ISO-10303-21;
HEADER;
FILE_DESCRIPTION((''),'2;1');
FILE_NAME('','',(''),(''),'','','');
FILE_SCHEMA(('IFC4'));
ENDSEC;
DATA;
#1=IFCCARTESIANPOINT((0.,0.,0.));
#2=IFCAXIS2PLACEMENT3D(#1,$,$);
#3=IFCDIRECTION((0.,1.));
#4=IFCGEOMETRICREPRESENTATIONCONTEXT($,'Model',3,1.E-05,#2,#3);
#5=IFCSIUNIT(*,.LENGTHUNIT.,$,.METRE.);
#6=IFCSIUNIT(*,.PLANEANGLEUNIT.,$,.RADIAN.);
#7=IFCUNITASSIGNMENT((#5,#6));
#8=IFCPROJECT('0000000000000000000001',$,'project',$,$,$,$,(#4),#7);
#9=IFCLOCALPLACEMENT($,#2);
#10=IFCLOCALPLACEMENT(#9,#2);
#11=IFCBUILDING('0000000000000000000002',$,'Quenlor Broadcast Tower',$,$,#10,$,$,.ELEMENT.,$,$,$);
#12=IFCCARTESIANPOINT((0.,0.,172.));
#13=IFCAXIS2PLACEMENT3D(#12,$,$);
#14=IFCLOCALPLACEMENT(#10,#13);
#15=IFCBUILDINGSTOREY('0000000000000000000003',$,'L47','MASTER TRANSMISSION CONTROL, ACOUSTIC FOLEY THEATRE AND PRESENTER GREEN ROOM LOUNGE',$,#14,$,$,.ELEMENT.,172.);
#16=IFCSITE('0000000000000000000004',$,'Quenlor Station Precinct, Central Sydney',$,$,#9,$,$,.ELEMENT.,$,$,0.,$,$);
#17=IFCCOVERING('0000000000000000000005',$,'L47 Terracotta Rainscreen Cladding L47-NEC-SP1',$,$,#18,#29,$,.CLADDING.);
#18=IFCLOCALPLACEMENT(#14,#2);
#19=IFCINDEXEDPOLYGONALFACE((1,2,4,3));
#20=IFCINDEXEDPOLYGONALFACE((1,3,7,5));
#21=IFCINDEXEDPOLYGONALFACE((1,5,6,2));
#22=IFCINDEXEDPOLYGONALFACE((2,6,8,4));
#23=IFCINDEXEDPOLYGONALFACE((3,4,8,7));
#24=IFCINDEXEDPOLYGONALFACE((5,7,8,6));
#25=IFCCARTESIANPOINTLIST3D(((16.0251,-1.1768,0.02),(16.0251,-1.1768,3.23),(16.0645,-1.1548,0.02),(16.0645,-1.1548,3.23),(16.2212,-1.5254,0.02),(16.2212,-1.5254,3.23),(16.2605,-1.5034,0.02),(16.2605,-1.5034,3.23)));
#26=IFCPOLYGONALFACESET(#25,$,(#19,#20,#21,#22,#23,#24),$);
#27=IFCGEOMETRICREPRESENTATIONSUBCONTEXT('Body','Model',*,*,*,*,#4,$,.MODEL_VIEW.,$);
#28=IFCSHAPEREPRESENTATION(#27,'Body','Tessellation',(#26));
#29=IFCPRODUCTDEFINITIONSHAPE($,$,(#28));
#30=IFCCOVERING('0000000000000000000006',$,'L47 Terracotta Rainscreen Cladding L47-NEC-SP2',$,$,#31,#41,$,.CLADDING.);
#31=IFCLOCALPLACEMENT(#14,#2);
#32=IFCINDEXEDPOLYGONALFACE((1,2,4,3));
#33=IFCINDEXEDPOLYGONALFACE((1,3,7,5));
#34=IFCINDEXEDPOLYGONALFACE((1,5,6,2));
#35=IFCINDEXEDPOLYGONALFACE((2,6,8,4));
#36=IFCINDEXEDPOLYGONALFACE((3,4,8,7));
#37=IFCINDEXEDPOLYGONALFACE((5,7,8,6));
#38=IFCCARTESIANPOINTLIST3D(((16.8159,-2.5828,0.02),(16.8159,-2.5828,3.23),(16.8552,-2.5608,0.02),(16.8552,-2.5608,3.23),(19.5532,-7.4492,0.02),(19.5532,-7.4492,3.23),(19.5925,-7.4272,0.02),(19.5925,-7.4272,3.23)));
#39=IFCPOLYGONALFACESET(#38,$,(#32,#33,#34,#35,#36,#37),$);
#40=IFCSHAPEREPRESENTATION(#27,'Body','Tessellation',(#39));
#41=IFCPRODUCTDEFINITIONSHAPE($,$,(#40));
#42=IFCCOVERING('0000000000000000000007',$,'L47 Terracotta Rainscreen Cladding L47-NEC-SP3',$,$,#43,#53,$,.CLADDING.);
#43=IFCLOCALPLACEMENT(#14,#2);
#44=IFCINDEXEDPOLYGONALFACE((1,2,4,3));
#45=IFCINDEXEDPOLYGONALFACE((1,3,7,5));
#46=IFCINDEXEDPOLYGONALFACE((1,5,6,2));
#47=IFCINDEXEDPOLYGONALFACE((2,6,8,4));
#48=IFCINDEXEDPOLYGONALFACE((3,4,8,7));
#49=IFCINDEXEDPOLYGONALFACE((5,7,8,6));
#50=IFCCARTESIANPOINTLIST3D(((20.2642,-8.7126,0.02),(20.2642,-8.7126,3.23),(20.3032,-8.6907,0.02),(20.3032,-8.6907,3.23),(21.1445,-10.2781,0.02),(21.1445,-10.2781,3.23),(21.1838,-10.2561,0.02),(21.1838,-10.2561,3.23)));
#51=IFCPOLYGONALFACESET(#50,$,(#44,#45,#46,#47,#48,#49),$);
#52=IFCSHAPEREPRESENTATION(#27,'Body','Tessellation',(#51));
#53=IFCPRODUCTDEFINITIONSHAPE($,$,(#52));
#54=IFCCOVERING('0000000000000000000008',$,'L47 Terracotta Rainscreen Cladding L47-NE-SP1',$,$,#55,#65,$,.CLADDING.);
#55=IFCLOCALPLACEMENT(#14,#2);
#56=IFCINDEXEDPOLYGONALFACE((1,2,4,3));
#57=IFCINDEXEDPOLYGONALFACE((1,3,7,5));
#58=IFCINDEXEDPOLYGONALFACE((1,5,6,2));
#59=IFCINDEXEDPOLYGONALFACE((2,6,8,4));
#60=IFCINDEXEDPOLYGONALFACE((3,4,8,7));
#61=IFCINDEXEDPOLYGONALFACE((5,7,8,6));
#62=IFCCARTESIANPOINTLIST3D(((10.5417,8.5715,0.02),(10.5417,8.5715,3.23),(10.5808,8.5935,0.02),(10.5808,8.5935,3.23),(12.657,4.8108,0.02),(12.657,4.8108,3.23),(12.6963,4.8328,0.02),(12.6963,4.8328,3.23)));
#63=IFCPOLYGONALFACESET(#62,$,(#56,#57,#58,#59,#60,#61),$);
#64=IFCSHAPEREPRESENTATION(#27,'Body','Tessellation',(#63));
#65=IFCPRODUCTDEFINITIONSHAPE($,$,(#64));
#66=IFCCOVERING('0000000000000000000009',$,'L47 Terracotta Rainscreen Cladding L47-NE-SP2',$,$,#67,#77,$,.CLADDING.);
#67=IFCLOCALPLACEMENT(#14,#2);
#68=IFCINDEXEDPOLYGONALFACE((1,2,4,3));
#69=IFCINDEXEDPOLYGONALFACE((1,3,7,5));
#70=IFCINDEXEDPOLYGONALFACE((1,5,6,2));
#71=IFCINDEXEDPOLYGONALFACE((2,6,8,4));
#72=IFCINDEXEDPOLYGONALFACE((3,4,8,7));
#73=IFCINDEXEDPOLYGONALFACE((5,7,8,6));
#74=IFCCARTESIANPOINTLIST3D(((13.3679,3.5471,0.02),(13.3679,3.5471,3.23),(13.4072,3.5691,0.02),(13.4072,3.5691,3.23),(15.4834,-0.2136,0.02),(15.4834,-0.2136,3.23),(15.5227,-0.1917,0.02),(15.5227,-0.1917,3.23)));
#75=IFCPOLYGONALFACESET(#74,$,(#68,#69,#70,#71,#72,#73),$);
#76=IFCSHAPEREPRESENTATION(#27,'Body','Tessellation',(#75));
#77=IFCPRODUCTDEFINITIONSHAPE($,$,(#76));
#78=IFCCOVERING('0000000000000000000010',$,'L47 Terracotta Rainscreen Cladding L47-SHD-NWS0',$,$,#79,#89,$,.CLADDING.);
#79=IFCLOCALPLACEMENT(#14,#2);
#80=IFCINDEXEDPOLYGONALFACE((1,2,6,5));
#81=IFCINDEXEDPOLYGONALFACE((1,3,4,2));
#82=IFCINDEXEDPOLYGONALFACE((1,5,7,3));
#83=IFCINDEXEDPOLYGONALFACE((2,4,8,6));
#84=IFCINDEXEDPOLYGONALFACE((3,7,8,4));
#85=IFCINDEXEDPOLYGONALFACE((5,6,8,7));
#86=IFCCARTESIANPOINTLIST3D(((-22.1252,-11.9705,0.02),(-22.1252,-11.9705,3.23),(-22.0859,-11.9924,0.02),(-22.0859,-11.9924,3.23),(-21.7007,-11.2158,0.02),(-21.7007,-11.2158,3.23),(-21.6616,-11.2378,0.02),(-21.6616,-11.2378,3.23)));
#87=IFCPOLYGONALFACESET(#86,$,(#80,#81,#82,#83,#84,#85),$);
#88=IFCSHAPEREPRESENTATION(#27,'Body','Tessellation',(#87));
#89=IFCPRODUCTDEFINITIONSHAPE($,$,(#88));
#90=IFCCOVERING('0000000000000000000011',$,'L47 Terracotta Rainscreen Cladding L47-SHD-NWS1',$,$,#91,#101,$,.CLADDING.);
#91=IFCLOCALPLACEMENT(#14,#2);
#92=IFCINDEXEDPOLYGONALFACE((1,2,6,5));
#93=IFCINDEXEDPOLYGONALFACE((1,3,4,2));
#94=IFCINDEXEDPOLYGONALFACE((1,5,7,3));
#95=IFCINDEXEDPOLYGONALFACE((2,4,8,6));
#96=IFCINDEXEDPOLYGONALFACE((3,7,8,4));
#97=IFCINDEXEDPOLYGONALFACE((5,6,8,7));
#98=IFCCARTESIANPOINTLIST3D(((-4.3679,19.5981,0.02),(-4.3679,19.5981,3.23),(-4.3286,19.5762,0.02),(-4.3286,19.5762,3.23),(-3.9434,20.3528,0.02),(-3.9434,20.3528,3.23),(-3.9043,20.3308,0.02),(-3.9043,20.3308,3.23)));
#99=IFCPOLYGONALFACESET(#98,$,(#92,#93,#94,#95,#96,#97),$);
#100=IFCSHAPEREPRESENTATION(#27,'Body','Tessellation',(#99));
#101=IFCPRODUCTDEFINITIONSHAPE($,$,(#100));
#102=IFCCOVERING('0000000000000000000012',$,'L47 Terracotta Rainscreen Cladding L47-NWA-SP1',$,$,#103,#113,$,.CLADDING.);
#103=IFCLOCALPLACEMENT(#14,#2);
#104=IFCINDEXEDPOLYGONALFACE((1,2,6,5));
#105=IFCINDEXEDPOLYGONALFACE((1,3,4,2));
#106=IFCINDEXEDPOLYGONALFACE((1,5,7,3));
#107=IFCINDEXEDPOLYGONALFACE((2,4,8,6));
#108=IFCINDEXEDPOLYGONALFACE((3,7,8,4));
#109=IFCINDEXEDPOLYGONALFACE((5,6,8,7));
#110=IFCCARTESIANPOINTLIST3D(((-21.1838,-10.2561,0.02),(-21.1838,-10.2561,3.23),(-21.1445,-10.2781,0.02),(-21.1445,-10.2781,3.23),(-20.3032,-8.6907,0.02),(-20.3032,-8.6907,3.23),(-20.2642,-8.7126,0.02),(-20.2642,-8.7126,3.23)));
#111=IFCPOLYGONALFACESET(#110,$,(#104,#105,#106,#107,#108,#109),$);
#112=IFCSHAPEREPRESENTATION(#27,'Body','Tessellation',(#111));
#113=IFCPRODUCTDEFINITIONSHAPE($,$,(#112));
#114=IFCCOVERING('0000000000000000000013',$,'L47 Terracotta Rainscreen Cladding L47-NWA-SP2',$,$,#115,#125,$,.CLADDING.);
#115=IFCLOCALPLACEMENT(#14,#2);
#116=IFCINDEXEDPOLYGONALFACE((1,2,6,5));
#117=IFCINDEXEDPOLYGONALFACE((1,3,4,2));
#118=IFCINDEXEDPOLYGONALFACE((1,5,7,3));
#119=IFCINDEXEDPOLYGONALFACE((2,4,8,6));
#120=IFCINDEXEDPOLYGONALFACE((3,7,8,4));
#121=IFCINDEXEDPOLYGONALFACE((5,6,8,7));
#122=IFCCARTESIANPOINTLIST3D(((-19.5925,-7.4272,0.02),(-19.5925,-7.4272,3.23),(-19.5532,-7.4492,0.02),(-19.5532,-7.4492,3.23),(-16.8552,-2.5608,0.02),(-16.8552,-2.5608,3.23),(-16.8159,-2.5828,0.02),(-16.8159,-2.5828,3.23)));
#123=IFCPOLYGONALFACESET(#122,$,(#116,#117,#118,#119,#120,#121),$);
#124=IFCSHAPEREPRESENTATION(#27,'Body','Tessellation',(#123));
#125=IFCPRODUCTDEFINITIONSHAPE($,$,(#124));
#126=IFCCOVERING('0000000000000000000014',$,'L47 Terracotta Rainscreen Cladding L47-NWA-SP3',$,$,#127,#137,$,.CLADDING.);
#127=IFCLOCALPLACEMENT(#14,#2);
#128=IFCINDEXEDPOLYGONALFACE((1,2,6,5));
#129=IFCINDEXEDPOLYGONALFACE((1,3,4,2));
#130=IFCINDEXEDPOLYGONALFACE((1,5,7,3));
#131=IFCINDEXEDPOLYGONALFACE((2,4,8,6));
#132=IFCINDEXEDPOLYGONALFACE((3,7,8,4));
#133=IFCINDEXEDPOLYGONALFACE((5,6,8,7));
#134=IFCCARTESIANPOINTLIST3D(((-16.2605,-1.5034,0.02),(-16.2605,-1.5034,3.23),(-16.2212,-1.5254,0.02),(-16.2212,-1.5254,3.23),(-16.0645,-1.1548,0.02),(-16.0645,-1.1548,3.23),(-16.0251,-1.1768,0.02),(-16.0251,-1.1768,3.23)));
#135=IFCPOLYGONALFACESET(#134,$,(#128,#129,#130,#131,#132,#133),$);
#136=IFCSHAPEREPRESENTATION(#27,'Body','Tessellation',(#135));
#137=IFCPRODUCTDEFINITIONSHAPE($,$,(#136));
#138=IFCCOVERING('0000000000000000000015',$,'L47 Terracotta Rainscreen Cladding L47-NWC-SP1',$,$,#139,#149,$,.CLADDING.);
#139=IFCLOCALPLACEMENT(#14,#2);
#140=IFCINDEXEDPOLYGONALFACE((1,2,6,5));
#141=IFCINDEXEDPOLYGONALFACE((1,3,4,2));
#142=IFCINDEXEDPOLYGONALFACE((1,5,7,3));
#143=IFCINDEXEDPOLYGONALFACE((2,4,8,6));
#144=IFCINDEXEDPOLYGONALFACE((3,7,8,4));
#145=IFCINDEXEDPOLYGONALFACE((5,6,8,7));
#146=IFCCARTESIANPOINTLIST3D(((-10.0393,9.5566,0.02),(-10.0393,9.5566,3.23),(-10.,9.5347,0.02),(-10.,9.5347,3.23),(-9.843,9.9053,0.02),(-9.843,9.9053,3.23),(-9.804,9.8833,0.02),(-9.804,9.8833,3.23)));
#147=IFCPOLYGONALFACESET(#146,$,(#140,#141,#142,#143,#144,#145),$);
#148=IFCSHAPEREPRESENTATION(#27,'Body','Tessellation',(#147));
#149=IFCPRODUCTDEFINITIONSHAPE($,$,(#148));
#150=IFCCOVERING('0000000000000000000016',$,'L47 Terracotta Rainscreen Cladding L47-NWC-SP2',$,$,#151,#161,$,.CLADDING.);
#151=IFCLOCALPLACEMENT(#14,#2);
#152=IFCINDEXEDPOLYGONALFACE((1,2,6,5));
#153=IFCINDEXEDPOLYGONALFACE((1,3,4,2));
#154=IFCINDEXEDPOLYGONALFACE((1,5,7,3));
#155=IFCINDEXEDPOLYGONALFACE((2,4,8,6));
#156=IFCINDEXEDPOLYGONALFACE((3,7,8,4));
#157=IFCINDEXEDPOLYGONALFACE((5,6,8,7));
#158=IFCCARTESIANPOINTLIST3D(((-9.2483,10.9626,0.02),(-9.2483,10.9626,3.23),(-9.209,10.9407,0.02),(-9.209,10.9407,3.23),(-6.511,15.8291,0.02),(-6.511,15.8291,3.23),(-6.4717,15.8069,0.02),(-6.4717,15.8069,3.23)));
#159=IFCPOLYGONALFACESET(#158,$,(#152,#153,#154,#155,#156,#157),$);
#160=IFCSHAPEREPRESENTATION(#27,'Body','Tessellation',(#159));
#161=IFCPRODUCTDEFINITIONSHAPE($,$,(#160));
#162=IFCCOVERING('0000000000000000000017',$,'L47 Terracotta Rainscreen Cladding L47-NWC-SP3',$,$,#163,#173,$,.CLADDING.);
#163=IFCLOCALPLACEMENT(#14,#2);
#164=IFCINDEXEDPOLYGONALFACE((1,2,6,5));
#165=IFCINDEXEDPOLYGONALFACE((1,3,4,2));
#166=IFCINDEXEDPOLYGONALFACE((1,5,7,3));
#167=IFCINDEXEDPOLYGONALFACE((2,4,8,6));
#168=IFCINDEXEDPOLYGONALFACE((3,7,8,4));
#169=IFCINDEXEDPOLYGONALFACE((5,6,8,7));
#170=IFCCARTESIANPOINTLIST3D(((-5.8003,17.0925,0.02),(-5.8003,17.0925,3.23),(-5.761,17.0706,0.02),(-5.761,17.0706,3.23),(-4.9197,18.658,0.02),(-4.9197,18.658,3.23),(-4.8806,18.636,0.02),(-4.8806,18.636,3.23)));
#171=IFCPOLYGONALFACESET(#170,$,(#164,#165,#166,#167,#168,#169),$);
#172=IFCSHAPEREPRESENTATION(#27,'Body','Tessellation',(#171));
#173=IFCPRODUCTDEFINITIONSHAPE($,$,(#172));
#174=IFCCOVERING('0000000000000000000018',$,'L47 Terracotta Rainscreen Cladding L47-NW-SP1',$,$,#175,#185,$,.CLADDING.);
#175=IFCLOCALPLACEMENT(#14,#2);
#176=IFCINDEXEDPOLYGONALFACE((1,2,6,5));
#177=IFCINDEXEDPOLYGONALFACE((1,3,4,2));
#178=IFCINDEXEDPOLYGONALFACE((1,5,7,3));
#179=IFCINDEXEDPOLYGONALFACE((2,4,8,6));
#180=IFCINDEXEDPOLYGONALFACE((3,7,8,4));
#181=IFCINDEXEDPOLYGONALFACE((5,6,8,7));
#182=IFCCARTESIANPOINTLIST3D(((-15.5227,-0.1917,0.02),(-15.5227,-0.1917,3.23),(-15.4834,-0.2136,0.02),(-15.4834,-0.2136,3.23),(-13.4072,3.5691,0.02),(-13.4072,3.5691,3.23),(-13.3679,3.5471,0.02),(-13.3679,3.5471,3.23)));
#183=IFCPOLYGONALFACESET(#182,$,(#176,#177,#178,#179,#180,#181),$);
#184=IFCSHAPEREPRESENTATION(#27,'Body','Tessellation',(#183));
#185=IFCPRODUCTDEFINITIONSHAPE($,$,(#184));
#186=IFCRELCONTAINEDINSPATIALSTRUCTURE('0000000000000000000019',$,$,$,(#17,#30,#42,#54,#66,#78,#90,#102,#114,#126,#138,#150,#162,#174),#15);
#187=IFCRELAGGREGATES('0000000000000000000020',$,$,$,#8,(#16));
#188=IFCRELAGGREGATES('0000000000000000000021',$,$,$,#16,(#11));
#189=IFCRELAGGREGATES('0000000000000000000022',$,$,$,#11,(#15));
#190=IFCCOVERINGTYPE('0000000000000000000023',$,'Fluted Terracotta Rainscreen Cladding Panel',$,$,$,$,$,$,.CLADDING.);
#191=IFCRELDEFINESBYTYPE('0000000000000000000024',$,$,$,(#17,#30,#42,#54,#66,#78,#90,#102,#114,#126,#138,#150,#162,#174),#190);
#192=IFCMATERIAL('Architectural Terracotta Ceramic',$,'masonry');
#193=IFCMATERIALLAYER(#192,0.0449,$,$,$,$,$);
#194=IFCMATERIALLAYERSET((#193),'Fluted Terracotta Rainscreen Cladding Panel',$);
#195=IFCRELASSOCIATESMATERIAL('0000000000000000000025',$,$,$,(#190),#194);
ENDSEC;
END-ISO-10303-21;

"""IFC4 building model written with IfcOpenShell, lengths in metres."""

from ifc_helpers import new_model, si_unit, direction, frame, origin, place, context, subcontext, project, spatial, polyline, outline, extrude, material, layer, layer_set, type_object, element, save


model = new_model("IFC4")

# Units and contexts
model_context = context("Model", 3, precision=1e-05, world=origin(), true_north=direction((0.0, 1.0)))
body_context = subcontext(model_context, "Body", "Model", "MODEL_VIEW")
ifc_project = project(units=[si_unit("LENGTHUNIT", "METRE"), si_unit("PLANEANGLEUNIT", "RADIAN")], contexts=[model_context])

# Site, building, storey
site_placement = place(None, origin())
site = spatial("IfcSite", under=ifc_project, at=site_placement, Name="Quenlor Station Precinct, Central Sydney", CompositionType="ELEMENT", RefElevation=0.0)
building_placement = place(site_placement, origin())
building = spatial("IfcBuilding", under=site, at=building_placement, Name="Quenlor Broadcast Tower", CompositionType="ELEMENT")
storey_placement = place(building_placement, frame((0.0, 0.0, 172.0)))
storey = spatial("IfcBuildingStorey", under=building, at=storey_placement, Name="L47", Description="MASTER TRANSMISSION CONTROL, ACOUSTIC FOLEY THEATRE AND PRESENTER GREEN ROOM LOUNGE", CompositionType="ELEMENT", Elevation=172.0)

# Coverings
ifc_material = material(Name="Architectural Terracotta Ceramic", Category="masonry")
ifc_layer = layer(ifc_material, 0.0449)
ifc_layer_set = layer_set([ifc_layer], Name="Fluted Terracotta Rainscreen Cladding Panel")
covering_type = type_object("IfcCoveringType", Name="Fluted Terracotta Rainscreen Cladding Panel", PredefinedType="CLADDING", material=ifc_layer_set)
covering_1_placement = place(storey_placement, frame((0.0, 0.0, 0.02)))
element("IfcCovering", 1, at=covering_1_placement, inside=storey, type_object=covering_type, Name="L47 Terracotta Rainscreen Cladding L47-NEC-SP1", PredefinedType="CLADDING", context=body_context, shape_type="SweptSolid", body=[
    extrude(outline(polyline([(16.0251, -1.1768), (16.2212, -1.5254), (16.2605, -1.5034), (16.0645, -1.1548), (16.0251, -1.1768)])), origin(), (0.0, 0.0, 1.0), 3.21),
])
covering_2_placement = place(storey_placement, frame((0.0, 0.0, 0.02)))
element("IfcCovering", 2, at=covering_2_placement, inside=storey, type_object=covering_type, Name="L47 Terracotta Rainscreen Cladding L47-NEC-SP2", PredefinedType="CLADDING", context=body_context, shape_type="SweptSolid", body=[
    extrude(outline(polyline([(16.8159, -2.5828), (19.5532, -7.4492), (19.5925, -7.4272), (16.8552, -2.5608), (16.8159, -2.5828)])), origin(), (0.0, 0.0, 1.0), 3.21),
])
covering_3_placement = place(storey_placement, frame((0.0, 0.0, 0.02)))
element("IfcCovering", 3, at=covering_3_placement, inside=storey, type_object=covering_type, Name="L47 Terracotta Rainscreen Cladding L47-NEC-SP3", PredefinedType="CLADDING", context=body_context, shape_type="SweptSolid", body=[
    extrude(outline(polyline([(20.2642, -8.7126), (21.1445, -10.2781), (21.1838, -10.2561), (20.3032, -8.6907), (20.2642, -8.7126)])), origin(), (0.0, 0.0, 1.0), 3.21),
])
covering_4_placement = place(storey_placement, frame((0.0, 0.0, 0.02)))
element("IfcCovering", 4, at=covering_4_placement, inside=storey, type_object=covering_type, Name="L47 Terracotta Rainscreen Cladding L47-NE-SP1", PredefinedType="CLADDING", context=body_context, shape_type="SweptSolid", body=[
    extrude(outline(polyline([(10.5417, 8.5715), (12.657, 4.8108), (12.6963, 4.8328), (10.5808, 8.5935), (10.5417, 8.5715)])), origin(), (0.0, 0.0, 1.0), 3.21),
])
covering_5_placement = place(storey_placement, frame((0.0, 0.0, 0.02)))
element("IfcCovering", 5, at=covering_5_placement, inside=storey, type_object=covering_type, Name="L47 Terracotta Rainscreen Cladding L47-NE-SP2", PredefinedType="CLADDING", context=body_context, shape_type="SweptSolid", body=[
    extrude(outline(polyline([(13.3679, 3.5471), (15.4834, -0.2136), (15.5227, -0.1917), (13.4072, 3.5691), (13.3679, 3.5471)])), origin(), (0.0, 0.0, 1.0), 3.21),
])
covering_6_placement = place(storey_placement, frame((0.0, 0.0, 0.02)))
element("IfcCovering", 6, at=covering_6_placement, inside=storey, type_object=covering_type, Name="L47 Terracotta Rainscreen Cladding L47-SHD-NWS0", PredefinedType="CLADDING", context=body_context, shape_type="SweptSolid", body=[
    extrude(outline(polyline([(-22.0859, -11.9924), (-21.6616, -11.2378), (-21.7007, -11.2158), (-22.1252, -11.9705), (-22.0859, -11.9924)])), origin(), (0.0, 0.0, 1.0), 3.21),
])
covering_7_placement = place(storey_placement, frame((0.0, 0.0, 0.02)))
element("IfcCovering", 7, at=covering_7_placement, inside=storey, type_object=covering_type, Name="L47 Terracotta Rainscreen Cladding L47-SHD-NWS1", PredefinedType="CLADDING", context=body_context, shape_type="SweptSolid", body=[
    extrude(outline(polyline([(-4.3286, 19.5762), (-3.9043, 20.3308), (-3.9434, 20.3528), (-4.3679, 19.5981), (-4.3286, 19.5762)])), origin(), (0.0, 0.0, 1.0), 3.21),
])
covering_8_placement = place(storey_placement, frame((0.0, 0.0, 0.02)))
element("IfcCovering", 8, at=covering_8_placement, inside=storey, type_object=covering_type, Name="L47 Terracotta Rainscreen Cladding L47-NWA-SP1", PredefinedType="CLADDING", context=body_context, shape_type="SweptSolid", body=[
    extrude(outline(polyline([(-21.1445, -10.2781), (-20.2642, -8.7126), (-20.3032, -8.6907), (-21.1838, -10.2561), (-21.1445, -10.2781)])), origin(), (0.0, 0.0, 1.0), 3.21),
])
covering_9_placement = place(storey_placement, frame((0.0, 0.0, 0.02)))
element("IfcCovering", 9, at=covering_9_placement, inside=storey, type_object=covering_type, Name="L47 Terracotta Rainscreen Cladding L47-NWA-SP2", PredefinedType="CLADDING", context=body_context, shape_type="SweptSolid", body=[
    extrude(outline(polyline([(-19.5532, -7.4492), (-16.8159, -2.5828), (-16.8552, -2.5608), (-19.5925, -7.4272), (-19.5532, -7.4492)])), origin(), (0.0, 0.0, 1.0), 3.21),
])
covering_10_placement = place(storey_placement, frame((0.0, 0.0, 0.02)))
element("IfcCovering", 10, at=covering_10_placement, inside=storey, type_object=covering_type, Name="L47 Terracotta Rainscreen Cladding L47-NWA-SP3", PredefinedType="CLADDING", context=body_context, shape_type="SweptSolid", body=[
    extrude(outline(polyline([(-16.2212, -1.5254), (-16.0251, -1.1768), (-16.0645, -1.1548), (-16.2605, -1.5034), (-16.2212, -1.5254)])), origin(), (0.0, 0.0, 1.0), 3.21),
])
covering_11_placement = place(storey_placement, frame((0.0, 0.0, 0.02)))
element("IfcCovering", 11, at=covering_11_placement, inside=storey, type_object=covering_type, Name="L47 Terracotta Rainscreen Cladding L47-NWC-SP1", PredefinedType="CLADDING", context=body_context, shape_type="SweptSolid", body=[
    extrude(outline(polyline([(-10.0, 9.5347), (-9.804, 9.8833), (-9.843, 9.9053), (-10.0393, 9.5566), (-10.0, 9.5347)])), origin(), (0.0, 0.0, 1.0), 3.21),
])
covering_12_placement = place(storey_placement, frame((0.0, 0.0, 0.02)))
element("IfcCovering", 12, at=covering_12_placement, inside=storey, type_object=covering_type, Name="L47 Terracotta Rainscreen Cladding L47-NWC-SP2", PredefinedType="CLADDING", context=body_context, shape_type="SweptSolid", body=[
    extrude(outline(polyline([(-9.209, 10.9407), (-6.4717, 15.8069), (-6.511, 15.8291), (-9.2483, 10.9626), (-9.209, 10.9407)])), origin(), (0.0, 0.0, 1.0), 3.21),
])
covering_13_placement = place(storey_placement, frame((0.0, 0.0, 0.02)))
element("IfcCovering", 13, at=covering_13_placement, inside=storey, type_object=covering_type, Name="L47 Terracotta Rainscreen Cladding L47-NWC-SP3", PredefinedType="CLADDING", context=body_context, shape_type="SweptSolid", body=[
    extrude(outline(polyline([(-5.761, 17.0706), (-4.8806, 18.636), (-4.9197, 18.658), (-5.8003, 17.0925), (-5.761, 17.0706)])), origin(), (0.0, 0.0, 1.0), 3.21),
])
covering_14_placement = place(storey_placement, frame((0.0, 0.0, 0.02)))
element("IfcCovering", 14, at=covering_14_placement, inside=storey, type_object=covering_type, Name="L47 Terracotta Rainscreen Cladding L47-NW-SP1", PredefinedType="CLADDING", context=body_context, shape_type="SweptSolid", body=[
    extrude(outline(polyline([(-15.4834, -0.2136), (-13.3679, 3.5471), (-13.4072, 3.5691), (-15.5227, -0.1917), (-15.4834, -0.2136)])), origin(), (0.0, 0.0, 1.0), 3.21),
])

save(model, "model.ifc")
